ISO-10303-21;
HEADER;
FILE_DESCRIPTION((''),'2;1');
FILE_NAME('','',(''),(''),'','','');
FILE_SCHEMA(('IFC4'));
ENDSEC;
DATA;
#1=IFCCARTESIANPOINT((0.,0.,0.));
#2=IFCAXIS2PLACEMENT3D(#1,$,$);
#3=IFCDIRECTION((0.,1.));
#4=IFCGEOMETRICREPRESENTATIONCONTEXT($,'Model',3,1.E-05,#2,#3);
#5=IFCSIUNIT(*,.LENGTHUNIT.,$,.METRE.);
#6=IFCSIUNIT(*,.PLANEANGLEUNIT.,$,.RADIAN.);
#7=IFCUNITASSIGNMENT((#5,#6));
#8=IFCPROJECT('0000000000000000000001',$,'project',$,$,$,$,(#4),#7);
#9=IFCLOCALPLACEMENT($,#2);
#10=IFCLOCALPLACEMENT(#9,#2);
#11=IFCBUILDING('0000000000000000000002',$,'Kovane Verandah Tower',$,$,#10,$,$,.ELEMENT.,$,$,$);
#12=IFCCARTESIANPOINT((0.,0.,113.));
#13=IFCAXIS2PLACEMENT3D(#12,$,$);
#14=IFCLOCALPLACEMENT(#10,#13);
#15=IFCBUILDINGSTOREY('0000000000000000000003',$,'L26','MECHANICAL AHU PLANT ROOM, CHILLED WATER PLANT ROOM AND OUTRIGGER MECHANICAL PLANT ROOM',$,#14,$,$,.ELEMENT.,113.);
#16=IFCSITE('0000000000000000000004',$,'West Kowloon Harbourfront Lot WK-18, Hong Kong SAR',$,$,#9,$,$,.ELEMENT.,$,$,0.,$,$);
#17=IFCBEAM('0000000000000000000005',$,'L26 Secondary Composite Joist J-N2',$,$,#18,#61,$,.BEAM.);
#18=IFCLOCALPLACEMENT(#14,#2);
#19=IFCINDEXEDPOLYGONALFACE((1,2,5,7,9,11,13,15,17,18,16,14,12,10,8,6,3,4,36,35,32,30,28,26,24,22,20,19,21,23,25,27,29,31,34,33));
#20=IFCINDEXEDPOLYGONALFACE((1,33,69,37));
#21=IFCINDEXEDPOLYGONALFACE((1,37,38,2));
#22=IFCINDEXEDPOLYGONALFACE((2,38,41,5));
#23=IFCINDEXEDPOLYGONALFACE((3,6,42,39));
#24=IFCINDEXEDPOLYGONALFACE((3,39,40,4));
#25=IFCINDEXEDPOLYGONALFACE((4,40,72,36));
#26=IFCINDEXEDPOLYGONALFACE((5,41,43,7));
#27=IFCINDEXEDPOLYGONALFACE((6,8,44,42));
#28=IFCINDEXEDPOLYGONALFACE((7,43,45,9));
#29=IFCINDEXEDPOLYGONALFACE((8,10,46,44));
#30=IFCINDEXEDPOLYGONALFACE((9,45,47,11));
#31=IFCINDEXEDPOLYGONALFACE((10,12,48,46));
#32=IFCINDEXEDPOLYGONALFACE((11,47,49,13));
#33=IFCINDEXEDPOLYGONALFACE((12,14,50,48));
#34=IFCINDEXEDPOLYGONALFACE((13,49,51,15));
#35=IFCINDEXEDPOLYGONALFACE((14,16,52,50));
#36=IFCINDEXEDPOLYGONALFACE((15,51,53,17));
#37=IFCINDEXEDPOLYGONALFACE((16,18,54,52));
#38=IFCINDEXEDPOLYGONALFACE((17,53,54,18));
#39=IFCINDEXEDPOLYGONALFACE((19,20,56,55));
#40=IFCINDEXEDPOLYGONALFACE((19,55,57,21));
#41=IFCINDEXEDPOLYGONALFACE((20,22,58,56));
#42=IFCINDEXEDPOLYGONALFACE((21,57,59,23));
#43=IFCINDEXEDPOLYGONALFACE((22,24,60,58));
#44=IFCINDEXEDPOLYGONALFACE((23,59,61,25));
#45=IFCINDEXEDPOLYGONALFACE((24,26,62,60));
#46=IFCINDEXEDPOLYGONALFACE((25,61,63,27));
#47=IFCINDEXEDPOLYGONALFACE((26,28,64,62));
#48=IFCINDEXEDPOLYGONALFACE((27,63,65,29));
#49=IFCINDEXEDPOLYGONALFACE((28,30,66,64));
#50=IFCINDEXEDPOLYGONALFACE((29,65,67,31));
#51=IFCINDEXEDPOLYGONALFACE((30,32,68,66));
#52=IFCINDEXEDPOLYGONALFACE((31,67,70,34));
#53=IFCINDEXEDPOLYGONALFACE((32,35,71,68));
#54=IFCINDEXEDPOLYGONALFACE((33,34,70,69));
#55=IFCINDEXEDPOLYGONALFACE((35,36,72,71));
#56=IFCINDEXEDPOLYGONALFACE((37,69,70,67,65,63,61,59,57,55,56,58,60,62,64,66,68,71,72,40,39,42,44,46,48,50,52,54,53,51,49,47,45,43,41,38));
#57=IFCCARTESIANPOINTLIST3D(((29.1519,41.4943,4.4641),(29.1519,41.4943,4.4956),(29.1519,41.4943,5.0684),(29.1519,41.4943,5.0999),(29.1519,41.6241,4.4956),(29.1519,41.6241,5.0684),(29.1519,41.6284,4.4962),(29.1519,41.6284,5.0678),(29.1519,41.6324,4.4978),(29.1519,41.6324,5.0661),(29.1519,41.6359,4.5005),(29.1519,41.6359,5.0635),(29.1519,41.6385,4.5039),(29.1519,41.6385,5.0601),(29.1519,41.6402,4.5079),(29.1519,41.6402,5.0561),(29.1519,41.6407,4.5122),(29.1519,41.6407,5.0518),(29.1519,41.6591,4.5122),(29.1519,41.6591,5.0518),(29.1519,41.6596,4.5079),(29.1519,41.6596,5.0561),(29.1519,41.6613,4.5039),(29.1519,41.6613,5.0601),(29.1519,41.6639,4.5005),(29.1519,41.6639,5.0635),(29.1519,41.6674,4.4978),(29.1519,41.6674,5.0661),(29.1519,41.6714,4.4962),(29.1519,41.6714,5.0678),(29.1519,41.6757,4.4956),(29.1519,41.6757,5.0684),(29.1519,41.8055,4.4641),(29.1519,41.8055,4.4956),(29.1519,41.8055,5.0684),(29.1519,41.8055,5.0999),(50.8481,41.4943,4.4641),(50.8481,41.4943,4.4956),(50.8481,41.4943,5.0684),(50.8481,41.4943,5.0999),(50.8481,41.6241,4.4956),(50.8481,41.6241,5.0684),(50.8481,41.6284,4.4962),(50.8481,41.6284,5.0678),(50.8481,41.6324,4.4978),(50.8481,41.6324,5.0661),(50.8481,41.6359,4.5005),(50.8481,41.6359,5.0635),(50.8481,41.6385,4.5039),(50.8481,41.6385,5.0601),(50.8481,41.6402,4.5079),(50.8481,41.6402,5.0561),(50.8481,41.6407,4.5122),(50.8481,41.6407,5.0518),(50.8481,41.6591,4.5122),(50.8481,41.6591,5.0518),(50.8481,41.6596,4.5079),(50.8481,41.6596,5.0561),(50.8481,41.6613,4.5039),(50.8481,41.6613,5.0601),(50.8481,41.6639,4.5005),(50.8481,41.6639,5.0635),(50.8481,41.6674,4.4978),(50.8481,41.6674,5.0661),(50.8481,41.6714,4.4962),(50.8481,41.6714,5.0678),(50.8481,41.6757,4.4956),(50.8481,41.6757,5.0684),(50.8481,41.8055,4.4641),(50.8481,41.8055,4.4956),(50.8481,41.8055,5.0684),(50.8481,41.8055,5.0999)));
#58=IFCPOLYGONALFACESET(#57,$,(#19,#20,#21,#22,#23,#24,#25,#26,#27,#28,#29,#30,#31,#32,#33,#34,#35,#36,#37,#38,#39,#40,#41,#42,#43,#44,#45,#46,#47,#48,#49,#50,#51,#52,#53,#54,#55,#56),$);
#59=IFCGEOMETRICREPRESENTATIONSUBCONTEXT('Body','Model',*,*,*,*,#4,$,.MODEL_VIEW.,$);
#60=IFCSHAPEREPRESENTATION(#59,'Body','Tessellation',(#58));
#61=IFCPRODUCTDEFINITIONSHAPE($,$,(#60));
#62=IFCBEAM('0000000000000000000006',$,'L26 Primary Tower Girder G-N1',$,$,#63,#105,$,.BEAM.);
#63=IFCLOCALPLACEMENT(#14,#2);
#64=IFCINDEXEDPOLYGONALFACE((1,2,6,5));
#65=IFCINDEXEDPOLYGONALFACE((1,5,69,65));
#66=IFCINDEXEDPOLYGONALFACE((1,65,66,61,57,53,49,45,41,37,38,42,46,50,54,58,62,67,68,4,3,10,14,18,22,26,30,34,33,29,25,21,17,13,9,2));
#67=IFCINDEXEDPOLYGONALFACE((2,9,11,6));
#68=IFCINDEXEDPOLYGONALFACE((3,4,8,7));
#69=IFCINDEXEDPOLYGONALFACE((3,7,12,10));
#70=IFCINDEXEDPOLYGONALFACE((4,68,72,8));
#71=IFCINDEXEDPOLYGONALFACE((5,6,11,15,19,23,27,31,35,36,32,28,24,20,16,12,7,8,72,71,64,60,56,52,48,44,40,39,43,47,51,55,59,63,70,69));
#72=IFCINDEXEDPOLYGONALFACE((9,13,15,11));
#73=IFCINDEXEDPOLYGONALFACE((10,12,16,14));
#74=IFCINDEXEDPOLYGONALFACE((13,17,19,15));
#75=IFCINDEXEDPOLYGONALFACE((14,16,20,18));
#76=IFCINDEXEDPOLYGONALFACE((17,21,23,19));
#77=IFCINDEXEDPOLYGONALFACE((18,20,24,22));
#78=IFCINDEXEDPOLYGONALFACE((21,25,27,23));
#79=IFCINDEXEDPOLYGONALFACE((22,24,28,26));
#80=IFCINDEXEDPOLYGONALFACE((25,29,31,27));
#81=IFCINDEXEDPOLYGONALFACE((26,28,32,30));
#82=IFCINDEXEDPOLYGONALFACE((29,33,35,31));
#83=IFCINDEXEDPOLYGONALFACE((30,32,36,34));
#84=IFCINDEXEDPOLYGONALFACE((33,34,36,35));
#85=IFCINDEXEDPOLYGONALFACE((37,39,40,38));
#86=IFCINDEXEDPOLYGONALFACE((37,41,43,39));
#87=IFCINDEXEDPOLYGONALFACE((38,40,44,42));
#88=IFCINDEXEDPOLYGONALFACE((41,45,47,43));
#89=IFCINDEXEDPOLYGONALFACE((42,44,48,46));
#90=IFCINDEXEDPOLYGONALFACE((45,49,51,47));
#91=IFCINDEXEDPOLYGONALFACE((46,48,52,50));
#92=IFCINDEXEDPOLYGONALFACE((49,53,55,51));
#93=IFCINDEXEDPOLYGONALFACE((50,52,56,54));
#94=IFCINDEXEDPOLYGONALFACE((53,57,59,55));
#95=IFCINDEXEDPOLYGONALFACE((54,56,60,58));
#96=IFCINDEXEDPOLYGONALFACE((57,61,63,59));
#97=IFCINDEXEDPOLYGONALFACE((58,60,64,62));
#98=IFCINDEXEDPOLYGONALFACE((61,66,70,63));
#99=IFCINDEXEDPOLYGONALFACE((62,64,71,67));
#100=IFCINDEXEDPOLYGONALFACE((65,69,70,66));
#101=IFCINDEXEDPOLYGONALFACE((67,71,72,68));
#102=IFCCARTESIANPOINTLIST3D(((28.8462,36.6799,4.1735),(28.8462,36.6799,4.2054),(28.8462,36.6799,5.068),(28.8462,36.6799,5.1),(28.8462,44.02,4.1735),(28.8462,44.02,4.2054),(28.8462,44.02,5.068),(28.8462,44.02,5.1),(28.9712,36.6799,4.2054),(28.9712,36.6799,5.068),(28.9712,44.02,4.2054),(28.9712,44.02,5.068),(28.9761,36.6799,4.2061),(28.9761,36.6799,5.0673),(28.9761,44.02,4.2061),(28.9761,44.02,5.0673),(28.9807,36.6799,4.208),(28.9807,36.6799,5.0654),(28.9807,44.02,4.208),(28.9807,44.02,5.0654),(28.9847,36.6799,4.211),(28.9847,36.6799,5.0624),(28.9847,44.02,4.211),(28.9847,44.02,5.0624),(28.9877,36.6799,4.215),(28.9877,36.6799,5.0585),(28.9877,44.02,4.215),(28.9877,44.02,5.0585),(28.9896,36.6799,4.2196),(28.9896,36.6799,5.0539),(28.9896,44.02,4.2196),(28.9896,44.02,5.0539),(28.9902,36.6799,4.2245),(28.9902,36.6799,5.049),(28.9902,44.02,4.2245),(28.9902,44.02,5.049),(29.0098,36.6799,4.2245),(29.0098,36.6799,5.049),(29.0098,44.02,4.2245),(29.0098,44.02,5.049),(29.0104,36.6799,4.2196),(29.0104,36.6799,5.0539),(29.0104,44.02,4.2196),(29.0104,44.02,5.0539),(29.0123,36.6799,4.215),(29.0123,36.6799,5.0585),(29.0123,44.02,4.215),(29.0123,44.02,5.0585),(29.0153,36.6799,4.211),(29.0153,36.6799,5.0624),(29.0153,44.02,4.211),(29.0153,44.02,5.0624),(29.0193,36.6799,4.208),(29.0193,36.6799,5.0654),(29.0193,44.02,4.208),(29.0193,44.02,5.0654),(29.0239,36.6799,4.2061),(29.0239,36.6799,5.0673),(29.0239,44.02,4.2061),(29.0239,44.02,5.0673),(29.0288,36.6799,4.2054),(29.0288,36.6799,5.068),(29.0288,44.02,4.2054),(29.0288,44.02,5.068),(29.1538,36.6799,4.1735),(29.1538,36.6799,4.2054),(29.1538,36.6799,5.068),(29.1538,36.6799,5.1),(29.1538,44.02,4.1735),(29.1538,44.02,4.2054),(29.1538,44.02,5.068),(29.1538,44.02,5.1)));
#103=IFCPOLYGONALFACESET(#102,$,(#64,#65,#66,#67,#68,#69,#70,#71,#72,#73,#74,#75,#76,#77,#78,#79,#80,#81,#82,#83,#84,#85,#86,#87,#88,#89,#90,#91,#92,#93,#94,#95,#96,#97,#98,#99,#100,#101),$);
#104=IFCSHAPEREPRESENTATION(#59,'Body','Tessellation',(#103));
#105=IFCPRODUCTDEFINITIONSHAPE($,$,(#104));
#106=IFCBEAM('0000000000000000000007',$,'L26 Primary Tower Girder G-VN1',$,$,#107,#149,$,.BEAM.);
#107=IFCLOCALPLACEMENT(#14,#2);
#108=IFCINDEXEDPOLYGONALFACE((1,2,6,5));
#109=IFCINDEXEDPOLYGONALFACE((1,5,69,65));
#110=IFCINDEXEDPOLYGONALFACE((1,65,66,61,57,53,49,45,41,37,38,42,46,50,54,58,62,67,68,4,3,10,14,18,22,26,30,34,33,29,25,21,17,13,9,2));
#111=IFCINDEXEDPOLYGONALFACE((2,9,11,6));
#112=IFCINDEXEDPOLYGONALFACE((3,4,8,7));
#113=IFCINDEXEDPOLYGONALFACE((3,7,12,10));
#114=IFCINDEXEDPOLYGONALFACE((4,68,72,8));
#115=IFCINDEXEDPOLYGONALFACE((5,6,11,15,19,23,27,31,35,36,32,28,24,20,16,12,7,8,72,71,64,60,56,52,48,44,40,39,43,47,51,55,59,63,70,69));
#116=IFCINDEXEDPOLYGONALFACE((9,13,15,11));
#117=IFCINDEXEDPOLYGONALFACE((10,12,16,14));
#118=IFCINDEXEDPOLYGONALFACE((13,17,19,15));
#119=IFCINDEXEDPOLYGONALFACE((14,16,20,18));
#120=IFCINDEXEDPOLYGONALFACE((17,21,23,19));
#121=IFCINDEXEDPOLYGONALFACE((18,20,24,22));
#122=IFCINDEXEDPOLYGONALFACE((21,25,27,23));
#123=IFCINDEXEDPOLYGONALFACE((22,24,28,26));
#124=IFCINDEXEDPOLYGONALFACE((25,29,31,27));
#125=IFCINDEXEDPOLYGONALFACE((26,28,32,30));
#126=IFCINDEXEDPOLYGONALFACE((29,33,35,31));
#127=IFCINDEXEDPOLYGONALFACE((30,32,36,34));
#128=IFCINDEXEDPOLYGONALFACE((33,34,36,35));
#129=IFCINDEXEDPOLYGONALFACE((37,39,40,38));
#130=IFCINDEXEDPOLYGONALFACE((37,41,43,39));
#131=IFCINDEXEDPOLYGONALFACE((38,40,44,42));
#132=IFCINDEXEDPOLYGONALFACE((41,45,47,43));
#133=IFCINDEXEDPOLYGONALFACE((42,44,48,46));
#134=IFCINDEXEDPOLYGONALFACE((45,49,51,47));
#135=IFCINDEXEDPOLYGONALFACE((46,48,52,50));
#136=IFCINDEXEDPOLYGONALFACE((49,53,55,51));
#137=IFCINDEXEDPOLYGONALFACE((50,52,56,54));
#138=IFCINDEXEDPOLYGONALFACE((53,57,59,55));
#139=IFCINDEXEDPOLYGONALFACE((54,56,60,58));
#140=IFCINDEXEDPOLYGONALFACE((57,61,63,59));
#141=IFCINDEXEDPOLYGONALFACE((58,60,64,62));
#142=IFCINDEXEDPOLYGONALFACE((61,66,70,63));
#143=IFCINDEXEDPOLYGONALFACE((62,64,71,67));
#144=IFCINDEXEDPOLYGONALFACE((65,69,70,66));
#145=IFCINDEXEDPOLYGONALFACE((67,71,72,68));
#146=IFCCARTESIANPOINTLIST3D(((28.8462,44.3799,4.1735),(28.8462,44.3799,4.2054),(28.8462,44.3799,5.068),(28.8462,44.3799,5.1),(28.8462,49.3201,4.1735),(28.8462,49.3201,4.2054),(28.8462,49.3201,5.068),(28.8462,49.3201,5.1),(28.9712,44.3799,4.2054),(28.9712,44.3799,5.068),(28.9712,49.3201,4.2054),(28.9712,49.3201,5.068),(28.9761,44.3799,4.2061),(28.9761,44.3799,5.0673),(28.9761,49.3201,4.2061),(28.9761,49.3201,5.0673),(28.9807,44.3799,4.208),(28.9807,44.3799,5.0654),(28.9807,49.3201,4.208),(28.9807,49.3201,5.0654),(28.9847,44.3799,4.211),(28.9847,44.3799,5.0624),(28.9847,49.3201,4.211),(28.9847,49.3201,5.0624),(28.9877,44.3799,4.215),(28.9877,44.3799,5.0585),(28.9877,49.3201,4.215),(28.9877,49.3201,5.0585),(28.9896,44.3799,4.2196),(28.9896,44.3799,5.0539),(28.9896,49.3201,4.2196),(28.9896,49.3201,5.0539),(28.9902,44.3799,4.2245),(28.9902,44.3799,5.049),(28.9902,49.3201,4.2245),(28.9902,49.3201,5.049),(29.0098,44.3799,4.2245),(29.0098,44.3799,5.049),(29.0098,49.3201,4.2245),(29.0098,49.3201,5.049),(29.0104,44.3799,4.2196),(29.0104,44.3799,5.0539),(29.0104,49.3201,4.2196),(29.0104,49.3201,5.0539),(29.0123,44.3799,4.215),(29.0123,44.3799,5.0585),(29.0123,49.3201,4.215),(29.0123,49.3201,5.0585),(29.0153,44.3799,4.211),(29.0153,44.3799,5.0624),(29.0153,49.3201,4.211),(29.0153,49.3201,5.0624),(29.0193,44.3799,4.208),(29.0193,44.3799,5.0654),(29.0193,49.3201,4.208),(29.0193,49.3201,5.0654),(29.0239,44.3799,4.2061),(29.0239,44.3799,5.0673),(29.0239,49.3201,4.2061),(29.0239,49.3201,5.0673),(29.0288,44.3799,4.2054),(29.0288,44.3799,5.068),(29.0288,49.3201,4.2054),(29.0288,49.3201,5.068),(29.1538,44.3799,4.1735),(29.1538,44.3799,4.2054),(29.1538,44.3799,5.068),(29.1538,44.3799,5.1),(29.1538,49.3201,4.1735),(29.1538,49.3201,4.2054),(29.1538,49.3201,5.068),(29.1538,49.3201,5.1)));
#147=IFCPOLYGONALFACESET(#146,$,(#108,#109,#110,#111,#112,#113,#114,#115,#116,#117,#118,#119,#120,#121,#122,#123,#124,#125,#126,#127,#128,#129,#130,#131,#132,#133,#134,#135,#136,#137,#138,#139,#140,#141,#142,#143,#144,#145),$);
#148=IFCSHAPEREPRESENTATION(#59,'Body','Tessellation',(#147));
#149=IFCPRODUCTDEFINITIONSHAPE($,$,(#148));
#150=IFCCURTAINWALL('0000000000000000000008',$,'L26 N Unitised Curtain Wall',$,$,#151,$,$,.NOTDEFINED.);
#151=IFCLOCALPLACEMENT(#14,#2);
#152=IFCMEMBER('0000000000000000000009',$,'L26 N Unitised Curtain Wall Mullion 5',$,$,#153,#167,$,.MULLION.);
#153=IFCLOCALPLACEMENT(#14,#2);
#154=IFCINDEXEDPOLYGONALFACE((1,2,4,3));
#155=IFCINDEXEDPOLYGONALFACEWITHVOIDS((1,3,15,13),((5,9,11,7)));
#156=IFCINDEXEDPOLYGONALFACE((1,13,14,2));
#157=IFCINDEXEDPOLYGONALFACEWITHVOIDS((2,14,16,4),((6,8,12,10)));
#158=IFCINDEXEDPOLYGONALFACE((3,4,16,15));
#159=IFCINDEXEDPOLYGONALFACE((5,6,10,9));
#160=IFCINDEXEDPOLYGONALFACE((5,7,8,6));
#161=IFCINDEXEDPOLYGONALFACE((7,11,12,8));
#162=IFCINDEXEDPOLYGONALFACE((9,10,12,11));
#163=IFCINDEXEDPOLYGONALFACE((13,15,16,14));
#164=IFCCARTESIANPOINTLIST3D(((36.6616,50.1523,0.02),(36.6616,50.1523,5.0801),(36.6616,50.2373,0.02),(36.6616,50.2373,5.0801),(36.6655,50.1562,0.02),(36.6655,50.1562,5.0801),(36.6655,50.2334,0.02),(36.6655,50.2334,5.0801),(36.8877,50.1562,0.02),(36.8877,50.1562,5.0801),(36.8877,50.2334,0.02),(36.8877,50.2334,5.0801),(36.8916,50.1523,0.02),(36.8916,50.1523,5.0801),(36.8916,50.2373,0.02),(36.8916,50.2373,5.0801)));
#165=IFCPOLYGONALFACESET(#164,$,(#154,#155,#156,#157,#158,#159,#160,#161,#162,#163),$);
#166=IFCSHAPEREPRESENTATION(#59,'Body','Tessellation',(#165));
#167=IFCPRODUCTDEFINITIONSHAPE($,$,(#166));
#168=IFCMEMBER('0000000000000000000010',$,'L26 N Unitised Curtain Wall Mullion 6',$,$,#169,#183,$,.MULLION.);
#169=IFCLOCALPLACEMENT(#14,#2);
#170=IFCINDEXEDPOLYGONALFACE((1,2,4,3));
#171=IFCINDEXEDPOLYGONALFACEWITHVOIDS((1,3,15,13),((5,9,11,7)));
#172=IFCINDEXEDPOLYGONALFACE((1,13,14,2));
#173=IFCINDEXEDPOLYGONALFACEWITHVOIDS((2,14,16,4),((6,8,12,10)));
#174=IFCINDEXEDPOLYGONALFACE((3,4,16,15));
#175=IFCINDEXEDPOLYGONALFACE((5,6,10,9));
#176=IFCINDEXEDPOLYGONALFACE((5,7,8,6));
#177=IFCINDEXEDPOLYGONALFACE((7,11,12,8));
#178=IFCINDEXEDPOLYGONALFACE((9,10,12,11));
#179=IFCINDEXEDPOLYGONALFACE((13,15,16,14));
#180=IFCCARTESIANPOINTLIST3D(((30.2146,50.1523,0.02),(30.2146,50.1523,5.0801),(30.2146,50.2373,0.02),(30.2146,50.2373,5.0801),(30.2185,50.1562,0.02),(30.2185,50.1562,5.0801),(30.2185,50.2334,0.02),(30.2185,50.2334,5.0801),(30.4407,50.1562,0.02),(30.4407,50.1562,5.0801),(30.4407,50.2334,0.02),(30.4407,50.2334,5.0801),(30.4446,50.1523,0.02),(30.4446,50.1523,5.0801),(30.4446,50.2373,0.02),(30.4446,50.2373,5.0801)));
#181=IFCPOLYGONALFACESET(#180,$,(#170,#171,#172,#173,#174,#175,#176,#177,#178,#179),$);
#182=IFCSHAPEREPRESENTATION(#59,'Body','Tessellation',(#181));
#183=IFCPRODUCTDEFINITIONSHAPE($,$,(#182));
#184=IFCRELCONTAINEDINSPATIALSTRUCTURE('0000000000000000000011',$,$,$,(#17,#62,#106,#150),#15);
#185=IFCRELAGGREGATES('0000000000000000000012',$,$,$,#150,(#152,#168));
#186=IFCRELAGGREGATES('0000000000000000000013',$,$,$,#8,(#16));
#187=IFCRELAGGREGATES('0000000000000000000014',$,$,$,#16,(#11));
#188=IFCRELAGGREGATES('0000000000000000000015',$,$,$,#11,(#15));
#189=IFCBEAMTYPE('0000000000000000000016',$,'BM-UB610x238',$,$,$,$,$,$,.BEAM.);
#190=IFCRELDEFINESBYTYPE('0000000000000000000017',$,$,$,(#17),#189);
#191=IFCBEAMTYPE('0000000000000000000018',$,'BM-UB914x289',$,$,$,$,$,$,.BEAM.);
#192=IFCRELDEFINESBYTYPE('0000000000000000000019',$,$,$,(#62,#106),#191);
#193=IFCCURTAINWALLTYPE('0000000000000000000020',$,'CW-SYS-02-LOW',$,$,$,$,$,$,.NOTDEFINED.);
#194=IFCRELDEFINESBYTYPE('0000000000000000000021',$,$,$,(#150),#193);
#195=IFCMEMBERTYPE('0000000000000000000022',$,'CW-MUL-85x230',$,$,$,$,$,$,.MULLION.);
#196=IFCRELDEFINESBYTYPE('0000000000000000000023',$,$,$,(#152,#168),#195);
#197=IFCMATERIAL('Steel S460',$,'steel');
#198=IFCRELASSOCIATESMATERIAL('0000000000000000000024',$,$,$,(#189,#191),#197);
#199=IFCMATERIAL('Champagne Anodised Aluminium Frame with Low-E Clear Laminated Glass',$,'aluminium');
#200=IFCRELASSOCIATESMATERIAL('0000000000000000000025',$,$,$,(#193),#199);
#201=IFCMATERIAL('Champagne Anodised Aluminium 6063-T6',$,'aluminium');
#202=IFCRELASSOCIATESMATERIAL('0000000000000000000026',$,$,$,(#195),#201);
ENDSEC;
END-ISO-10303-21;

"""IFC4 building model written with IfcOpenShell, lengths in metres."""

from ifc_helpers import new_model, si_unit, direction, frame, origin, origin_2d, place, context, subcontext, project, spatial, hollow_rectangle, i_section, extrude, material, material_profile, profile_set, type_object, element, aggregate, save


model = new_model("IFC4")

# Units and contexts
model_context = context("Model", 3, precision=1e-05, world=origin(), true_north=direction((0.0, 1.0)))
body_context = subcontext(model_context, "Body", "Model", "MODEL_VIEW")
ifc_project = project(units=[si_unit("LENGTHUNIT", "METRE"), si_unit("PLANEANGLEUNIT", "RADIAN")], contexts=[model_context])

# Site, building, storey
site_placement = place(None, origin())
site = spatial("IfcSite", under=ifc_project, at=site_placement, Name="West Kowloon Harbourfront Lot WK-18, Hong Kong SAR", CompositionType="ELEMENT", RefElevation=0.0)
building_placement = place(site_placement, origin())
building = spatial("IfcBuilding", under=site, at=building_placement, Name="Kovane Verandah Tower", CompositionType="ELEMENT")
storey_placement = place(building_placement, frame((0.0, 0.0, 113.0)))
storey = spatial("IfcBuildingStorey", under=building, at=storey_placement, Name="L26", Description="MECHANICAL AHU PLANT ROOM, CHILLED WATER PLANT ROOM AND OUTRIGGER MECHANICAL PLANT ROOM", CompositionType="ELEMENT", Elevation=113.0)

# Shared definitions
ifc_material_1 = material(Name="Steel S460", Category="steel")

# Beams
ifc_material_profile_1 = material_profile(ifc_material_1, i_section(OverallWidth=0.3113, OverallDepth=0.6357, WebThickness=0.0183, FlangeThickness=0.0315, FilletRadius=0.0166, at=origin_2d()), Name="UB610x305x238")
ifc_profile_set_1 = profile_set([ifc_material_profile_1], Name="Steel S460")
beam_type_1 = type_object("IfcBeamType", Name="BM-UB610x238", PredefinedType="BEAM", material=ifc_profile_set_1)
for number, where, z_axis, x_axis, name in (
    (1, (29.1519, 41.6499, 4.782), (1.0, 0.0, 0.0), (0.0, 1.0, 0.0), "L26 Secondary Composite Joist J-N2"),
):
    element("IfcBeam", number, at=place(storey_placement, frame(where, z_axis=z_axis, x_axis=x_axis)), inside=storey, type_object=beam_type_1, Name=name, PredefinedType="BEAM", context=body_context, shape_type="SweptSolid", body=[
        extrude(i_section(OverallWidth=0.3113, OverallDepth=0.6357, WebThickness=0.0183, FlangeThickness=0.0315, FilletRadius=0.0166, at=origin_2d()), origin(), (0.0, 0.0, 1.0), 21.6963),
    ])
ifc_material_profile_2 = material_profile(ifc_material_1, i_section(OverallWidth=0.3076, OverallDepth=0.9265, WebThickness=0.0195, FlangeThickness=0.032, FilletRadius=0.019, at=origin_2d()), Name="UB914x305x289")
ifc_profile_set_2 = profile_set([ifc_material_profile_2], Name="Steel S460")
beam_type_2 = type_object("IfcBeamType", Name="BM-UB914x289", PredefinedType="BEAM", material=ifc_profile_set_2)
beam_1_placement = place(storey_placement, frame((29.0, 36.6799, 4.6367), z_axis=(0.0, 1.0, 0.0), x_axis=(-1.0, 0.0, 0.0)))
element("IfcBeam", 2, at=beam_1_placement, inside=storey, type_object=beam_type_2, Name="L26 Primary Tower Girder G-N1", PredefinedType="BEAM", context=body_context, shape_type="SweptSolid", body=[
    extrude(i_section(OverallWidth=0.3076, OverallDepth=0.9265, WebThickness=0.0195, FlangeThickness=0.032, FilletRadius=0.019, at=origin_2d()), origin(), (0.0, 0.0, 1.0), 7.3401),
])
beam_2_placement = place(storey_placement, frame((29.0, 44.3799, 4.6367), z_axis=(0.0, 1.0, 0.0), x_axis=(-1.0, 0.0, 0.0)))
element("IfcBeam", 3, at=beam_2_placement, inside=storey, type_object=beam_type_2, Name="L26 Primary Tower Girder G-VN1", PredefinedType="BEAM", context=body_context, shape_type="SweptSolid", body=[
    extrude(i_section(OverallWidth=0.3076, OverallDepth=0.9265, WebThickness=0.0195, FlangeThickness=0.032, FilletRadius=0.019, at=origin_2d()), origin(), (0.0, 0.0, 1.0), 4.9402),
])

# Curtain wall, members
ifc_material_2 = material(Name="Champagne Anodised Aluminium Frame with Low-E Clear Laminated Glass", Category="aluminium")
curtain_wall_type = type_object("IfcCurtainWallType", Name="CW-SYS-02-LOW", PredefinedType="NOTDEFINED", material=ifc_material_2)
curtain_wall_placement = place(storey_placement, origin())
curtain_wall = element("IfcCurtainWall", 4, at=curtain_wall_placement, inside=storey, type_object=curtain_wall_type, Name="L26 N Unitised Curtain Wall", PredefinedType="NOTDEFINED")
ifc_material_3 = material(Name="Champagne Anodised Aluminium 6063-T6", Category="aluminium")
ifc_material_profile_3 = material_profile(ifc_material_3, hollow_rectangle(XDim=0.085, YDim=0.23, WallThickness=0.0039, at=origin_2d()), Name="AL85x230x4")
ifc_profile_set_3 = profile_set([ifc_material_profile_3], Name="Champagne Anodised Aluminium 6063-T6")
member_type_1 = type_object("IfcMemberType", Name="CW-MUL-85x230", PredefinedType="MULLION", material=ifc_profile_set_3)
member_1_placement = place(storey_placement, frame((36.7766, 50.1948, 0.02), z_axis=(0.0, 0.0, 1.0), x_axis=(0.0, 1.0, 0.0)))
member_1 = element("IfcMember", 5, at=member_1_placement, type_object=member_type_1, Name="L26 N Unitised Curtain Wall Mullion 5", PredefinedType="MULLION", context=body_context, shape_type="SweptSolid", body=[
    extrude(hollow_rectangle(XDim=0.085, YDim=0.23, WallThickness=0.0039, at=origin_2d()), origin(), (0.0, 0.0, 1.0), 5.0601),
])
member_2_placement = place(storey_placement, frame((30.3296, 50.1948, 0.02), z_axis=(0.0, 0.0, 1.0), x_axis=(0.0, 1.0, 0.0)))
member_2 = element("IfcMember", 6, at=member_2_placement, type_object=member_type_1, Name="L26 N Unitised Curtain Wall Mullion 6", PredefinedType="MULLION", context=body_context, shape_type="SweptSolid", body=[
    extrude(hollow_rectangle(XDim=0.085, YDim=0.23, WallThickness=0.0039, at=origin_2d()), origin(), (0.0, 0.0, 1.0), 5.0601),
])

aggregate(curtain_wall, [member_1, member_2])

save(model, "model.ifc")
